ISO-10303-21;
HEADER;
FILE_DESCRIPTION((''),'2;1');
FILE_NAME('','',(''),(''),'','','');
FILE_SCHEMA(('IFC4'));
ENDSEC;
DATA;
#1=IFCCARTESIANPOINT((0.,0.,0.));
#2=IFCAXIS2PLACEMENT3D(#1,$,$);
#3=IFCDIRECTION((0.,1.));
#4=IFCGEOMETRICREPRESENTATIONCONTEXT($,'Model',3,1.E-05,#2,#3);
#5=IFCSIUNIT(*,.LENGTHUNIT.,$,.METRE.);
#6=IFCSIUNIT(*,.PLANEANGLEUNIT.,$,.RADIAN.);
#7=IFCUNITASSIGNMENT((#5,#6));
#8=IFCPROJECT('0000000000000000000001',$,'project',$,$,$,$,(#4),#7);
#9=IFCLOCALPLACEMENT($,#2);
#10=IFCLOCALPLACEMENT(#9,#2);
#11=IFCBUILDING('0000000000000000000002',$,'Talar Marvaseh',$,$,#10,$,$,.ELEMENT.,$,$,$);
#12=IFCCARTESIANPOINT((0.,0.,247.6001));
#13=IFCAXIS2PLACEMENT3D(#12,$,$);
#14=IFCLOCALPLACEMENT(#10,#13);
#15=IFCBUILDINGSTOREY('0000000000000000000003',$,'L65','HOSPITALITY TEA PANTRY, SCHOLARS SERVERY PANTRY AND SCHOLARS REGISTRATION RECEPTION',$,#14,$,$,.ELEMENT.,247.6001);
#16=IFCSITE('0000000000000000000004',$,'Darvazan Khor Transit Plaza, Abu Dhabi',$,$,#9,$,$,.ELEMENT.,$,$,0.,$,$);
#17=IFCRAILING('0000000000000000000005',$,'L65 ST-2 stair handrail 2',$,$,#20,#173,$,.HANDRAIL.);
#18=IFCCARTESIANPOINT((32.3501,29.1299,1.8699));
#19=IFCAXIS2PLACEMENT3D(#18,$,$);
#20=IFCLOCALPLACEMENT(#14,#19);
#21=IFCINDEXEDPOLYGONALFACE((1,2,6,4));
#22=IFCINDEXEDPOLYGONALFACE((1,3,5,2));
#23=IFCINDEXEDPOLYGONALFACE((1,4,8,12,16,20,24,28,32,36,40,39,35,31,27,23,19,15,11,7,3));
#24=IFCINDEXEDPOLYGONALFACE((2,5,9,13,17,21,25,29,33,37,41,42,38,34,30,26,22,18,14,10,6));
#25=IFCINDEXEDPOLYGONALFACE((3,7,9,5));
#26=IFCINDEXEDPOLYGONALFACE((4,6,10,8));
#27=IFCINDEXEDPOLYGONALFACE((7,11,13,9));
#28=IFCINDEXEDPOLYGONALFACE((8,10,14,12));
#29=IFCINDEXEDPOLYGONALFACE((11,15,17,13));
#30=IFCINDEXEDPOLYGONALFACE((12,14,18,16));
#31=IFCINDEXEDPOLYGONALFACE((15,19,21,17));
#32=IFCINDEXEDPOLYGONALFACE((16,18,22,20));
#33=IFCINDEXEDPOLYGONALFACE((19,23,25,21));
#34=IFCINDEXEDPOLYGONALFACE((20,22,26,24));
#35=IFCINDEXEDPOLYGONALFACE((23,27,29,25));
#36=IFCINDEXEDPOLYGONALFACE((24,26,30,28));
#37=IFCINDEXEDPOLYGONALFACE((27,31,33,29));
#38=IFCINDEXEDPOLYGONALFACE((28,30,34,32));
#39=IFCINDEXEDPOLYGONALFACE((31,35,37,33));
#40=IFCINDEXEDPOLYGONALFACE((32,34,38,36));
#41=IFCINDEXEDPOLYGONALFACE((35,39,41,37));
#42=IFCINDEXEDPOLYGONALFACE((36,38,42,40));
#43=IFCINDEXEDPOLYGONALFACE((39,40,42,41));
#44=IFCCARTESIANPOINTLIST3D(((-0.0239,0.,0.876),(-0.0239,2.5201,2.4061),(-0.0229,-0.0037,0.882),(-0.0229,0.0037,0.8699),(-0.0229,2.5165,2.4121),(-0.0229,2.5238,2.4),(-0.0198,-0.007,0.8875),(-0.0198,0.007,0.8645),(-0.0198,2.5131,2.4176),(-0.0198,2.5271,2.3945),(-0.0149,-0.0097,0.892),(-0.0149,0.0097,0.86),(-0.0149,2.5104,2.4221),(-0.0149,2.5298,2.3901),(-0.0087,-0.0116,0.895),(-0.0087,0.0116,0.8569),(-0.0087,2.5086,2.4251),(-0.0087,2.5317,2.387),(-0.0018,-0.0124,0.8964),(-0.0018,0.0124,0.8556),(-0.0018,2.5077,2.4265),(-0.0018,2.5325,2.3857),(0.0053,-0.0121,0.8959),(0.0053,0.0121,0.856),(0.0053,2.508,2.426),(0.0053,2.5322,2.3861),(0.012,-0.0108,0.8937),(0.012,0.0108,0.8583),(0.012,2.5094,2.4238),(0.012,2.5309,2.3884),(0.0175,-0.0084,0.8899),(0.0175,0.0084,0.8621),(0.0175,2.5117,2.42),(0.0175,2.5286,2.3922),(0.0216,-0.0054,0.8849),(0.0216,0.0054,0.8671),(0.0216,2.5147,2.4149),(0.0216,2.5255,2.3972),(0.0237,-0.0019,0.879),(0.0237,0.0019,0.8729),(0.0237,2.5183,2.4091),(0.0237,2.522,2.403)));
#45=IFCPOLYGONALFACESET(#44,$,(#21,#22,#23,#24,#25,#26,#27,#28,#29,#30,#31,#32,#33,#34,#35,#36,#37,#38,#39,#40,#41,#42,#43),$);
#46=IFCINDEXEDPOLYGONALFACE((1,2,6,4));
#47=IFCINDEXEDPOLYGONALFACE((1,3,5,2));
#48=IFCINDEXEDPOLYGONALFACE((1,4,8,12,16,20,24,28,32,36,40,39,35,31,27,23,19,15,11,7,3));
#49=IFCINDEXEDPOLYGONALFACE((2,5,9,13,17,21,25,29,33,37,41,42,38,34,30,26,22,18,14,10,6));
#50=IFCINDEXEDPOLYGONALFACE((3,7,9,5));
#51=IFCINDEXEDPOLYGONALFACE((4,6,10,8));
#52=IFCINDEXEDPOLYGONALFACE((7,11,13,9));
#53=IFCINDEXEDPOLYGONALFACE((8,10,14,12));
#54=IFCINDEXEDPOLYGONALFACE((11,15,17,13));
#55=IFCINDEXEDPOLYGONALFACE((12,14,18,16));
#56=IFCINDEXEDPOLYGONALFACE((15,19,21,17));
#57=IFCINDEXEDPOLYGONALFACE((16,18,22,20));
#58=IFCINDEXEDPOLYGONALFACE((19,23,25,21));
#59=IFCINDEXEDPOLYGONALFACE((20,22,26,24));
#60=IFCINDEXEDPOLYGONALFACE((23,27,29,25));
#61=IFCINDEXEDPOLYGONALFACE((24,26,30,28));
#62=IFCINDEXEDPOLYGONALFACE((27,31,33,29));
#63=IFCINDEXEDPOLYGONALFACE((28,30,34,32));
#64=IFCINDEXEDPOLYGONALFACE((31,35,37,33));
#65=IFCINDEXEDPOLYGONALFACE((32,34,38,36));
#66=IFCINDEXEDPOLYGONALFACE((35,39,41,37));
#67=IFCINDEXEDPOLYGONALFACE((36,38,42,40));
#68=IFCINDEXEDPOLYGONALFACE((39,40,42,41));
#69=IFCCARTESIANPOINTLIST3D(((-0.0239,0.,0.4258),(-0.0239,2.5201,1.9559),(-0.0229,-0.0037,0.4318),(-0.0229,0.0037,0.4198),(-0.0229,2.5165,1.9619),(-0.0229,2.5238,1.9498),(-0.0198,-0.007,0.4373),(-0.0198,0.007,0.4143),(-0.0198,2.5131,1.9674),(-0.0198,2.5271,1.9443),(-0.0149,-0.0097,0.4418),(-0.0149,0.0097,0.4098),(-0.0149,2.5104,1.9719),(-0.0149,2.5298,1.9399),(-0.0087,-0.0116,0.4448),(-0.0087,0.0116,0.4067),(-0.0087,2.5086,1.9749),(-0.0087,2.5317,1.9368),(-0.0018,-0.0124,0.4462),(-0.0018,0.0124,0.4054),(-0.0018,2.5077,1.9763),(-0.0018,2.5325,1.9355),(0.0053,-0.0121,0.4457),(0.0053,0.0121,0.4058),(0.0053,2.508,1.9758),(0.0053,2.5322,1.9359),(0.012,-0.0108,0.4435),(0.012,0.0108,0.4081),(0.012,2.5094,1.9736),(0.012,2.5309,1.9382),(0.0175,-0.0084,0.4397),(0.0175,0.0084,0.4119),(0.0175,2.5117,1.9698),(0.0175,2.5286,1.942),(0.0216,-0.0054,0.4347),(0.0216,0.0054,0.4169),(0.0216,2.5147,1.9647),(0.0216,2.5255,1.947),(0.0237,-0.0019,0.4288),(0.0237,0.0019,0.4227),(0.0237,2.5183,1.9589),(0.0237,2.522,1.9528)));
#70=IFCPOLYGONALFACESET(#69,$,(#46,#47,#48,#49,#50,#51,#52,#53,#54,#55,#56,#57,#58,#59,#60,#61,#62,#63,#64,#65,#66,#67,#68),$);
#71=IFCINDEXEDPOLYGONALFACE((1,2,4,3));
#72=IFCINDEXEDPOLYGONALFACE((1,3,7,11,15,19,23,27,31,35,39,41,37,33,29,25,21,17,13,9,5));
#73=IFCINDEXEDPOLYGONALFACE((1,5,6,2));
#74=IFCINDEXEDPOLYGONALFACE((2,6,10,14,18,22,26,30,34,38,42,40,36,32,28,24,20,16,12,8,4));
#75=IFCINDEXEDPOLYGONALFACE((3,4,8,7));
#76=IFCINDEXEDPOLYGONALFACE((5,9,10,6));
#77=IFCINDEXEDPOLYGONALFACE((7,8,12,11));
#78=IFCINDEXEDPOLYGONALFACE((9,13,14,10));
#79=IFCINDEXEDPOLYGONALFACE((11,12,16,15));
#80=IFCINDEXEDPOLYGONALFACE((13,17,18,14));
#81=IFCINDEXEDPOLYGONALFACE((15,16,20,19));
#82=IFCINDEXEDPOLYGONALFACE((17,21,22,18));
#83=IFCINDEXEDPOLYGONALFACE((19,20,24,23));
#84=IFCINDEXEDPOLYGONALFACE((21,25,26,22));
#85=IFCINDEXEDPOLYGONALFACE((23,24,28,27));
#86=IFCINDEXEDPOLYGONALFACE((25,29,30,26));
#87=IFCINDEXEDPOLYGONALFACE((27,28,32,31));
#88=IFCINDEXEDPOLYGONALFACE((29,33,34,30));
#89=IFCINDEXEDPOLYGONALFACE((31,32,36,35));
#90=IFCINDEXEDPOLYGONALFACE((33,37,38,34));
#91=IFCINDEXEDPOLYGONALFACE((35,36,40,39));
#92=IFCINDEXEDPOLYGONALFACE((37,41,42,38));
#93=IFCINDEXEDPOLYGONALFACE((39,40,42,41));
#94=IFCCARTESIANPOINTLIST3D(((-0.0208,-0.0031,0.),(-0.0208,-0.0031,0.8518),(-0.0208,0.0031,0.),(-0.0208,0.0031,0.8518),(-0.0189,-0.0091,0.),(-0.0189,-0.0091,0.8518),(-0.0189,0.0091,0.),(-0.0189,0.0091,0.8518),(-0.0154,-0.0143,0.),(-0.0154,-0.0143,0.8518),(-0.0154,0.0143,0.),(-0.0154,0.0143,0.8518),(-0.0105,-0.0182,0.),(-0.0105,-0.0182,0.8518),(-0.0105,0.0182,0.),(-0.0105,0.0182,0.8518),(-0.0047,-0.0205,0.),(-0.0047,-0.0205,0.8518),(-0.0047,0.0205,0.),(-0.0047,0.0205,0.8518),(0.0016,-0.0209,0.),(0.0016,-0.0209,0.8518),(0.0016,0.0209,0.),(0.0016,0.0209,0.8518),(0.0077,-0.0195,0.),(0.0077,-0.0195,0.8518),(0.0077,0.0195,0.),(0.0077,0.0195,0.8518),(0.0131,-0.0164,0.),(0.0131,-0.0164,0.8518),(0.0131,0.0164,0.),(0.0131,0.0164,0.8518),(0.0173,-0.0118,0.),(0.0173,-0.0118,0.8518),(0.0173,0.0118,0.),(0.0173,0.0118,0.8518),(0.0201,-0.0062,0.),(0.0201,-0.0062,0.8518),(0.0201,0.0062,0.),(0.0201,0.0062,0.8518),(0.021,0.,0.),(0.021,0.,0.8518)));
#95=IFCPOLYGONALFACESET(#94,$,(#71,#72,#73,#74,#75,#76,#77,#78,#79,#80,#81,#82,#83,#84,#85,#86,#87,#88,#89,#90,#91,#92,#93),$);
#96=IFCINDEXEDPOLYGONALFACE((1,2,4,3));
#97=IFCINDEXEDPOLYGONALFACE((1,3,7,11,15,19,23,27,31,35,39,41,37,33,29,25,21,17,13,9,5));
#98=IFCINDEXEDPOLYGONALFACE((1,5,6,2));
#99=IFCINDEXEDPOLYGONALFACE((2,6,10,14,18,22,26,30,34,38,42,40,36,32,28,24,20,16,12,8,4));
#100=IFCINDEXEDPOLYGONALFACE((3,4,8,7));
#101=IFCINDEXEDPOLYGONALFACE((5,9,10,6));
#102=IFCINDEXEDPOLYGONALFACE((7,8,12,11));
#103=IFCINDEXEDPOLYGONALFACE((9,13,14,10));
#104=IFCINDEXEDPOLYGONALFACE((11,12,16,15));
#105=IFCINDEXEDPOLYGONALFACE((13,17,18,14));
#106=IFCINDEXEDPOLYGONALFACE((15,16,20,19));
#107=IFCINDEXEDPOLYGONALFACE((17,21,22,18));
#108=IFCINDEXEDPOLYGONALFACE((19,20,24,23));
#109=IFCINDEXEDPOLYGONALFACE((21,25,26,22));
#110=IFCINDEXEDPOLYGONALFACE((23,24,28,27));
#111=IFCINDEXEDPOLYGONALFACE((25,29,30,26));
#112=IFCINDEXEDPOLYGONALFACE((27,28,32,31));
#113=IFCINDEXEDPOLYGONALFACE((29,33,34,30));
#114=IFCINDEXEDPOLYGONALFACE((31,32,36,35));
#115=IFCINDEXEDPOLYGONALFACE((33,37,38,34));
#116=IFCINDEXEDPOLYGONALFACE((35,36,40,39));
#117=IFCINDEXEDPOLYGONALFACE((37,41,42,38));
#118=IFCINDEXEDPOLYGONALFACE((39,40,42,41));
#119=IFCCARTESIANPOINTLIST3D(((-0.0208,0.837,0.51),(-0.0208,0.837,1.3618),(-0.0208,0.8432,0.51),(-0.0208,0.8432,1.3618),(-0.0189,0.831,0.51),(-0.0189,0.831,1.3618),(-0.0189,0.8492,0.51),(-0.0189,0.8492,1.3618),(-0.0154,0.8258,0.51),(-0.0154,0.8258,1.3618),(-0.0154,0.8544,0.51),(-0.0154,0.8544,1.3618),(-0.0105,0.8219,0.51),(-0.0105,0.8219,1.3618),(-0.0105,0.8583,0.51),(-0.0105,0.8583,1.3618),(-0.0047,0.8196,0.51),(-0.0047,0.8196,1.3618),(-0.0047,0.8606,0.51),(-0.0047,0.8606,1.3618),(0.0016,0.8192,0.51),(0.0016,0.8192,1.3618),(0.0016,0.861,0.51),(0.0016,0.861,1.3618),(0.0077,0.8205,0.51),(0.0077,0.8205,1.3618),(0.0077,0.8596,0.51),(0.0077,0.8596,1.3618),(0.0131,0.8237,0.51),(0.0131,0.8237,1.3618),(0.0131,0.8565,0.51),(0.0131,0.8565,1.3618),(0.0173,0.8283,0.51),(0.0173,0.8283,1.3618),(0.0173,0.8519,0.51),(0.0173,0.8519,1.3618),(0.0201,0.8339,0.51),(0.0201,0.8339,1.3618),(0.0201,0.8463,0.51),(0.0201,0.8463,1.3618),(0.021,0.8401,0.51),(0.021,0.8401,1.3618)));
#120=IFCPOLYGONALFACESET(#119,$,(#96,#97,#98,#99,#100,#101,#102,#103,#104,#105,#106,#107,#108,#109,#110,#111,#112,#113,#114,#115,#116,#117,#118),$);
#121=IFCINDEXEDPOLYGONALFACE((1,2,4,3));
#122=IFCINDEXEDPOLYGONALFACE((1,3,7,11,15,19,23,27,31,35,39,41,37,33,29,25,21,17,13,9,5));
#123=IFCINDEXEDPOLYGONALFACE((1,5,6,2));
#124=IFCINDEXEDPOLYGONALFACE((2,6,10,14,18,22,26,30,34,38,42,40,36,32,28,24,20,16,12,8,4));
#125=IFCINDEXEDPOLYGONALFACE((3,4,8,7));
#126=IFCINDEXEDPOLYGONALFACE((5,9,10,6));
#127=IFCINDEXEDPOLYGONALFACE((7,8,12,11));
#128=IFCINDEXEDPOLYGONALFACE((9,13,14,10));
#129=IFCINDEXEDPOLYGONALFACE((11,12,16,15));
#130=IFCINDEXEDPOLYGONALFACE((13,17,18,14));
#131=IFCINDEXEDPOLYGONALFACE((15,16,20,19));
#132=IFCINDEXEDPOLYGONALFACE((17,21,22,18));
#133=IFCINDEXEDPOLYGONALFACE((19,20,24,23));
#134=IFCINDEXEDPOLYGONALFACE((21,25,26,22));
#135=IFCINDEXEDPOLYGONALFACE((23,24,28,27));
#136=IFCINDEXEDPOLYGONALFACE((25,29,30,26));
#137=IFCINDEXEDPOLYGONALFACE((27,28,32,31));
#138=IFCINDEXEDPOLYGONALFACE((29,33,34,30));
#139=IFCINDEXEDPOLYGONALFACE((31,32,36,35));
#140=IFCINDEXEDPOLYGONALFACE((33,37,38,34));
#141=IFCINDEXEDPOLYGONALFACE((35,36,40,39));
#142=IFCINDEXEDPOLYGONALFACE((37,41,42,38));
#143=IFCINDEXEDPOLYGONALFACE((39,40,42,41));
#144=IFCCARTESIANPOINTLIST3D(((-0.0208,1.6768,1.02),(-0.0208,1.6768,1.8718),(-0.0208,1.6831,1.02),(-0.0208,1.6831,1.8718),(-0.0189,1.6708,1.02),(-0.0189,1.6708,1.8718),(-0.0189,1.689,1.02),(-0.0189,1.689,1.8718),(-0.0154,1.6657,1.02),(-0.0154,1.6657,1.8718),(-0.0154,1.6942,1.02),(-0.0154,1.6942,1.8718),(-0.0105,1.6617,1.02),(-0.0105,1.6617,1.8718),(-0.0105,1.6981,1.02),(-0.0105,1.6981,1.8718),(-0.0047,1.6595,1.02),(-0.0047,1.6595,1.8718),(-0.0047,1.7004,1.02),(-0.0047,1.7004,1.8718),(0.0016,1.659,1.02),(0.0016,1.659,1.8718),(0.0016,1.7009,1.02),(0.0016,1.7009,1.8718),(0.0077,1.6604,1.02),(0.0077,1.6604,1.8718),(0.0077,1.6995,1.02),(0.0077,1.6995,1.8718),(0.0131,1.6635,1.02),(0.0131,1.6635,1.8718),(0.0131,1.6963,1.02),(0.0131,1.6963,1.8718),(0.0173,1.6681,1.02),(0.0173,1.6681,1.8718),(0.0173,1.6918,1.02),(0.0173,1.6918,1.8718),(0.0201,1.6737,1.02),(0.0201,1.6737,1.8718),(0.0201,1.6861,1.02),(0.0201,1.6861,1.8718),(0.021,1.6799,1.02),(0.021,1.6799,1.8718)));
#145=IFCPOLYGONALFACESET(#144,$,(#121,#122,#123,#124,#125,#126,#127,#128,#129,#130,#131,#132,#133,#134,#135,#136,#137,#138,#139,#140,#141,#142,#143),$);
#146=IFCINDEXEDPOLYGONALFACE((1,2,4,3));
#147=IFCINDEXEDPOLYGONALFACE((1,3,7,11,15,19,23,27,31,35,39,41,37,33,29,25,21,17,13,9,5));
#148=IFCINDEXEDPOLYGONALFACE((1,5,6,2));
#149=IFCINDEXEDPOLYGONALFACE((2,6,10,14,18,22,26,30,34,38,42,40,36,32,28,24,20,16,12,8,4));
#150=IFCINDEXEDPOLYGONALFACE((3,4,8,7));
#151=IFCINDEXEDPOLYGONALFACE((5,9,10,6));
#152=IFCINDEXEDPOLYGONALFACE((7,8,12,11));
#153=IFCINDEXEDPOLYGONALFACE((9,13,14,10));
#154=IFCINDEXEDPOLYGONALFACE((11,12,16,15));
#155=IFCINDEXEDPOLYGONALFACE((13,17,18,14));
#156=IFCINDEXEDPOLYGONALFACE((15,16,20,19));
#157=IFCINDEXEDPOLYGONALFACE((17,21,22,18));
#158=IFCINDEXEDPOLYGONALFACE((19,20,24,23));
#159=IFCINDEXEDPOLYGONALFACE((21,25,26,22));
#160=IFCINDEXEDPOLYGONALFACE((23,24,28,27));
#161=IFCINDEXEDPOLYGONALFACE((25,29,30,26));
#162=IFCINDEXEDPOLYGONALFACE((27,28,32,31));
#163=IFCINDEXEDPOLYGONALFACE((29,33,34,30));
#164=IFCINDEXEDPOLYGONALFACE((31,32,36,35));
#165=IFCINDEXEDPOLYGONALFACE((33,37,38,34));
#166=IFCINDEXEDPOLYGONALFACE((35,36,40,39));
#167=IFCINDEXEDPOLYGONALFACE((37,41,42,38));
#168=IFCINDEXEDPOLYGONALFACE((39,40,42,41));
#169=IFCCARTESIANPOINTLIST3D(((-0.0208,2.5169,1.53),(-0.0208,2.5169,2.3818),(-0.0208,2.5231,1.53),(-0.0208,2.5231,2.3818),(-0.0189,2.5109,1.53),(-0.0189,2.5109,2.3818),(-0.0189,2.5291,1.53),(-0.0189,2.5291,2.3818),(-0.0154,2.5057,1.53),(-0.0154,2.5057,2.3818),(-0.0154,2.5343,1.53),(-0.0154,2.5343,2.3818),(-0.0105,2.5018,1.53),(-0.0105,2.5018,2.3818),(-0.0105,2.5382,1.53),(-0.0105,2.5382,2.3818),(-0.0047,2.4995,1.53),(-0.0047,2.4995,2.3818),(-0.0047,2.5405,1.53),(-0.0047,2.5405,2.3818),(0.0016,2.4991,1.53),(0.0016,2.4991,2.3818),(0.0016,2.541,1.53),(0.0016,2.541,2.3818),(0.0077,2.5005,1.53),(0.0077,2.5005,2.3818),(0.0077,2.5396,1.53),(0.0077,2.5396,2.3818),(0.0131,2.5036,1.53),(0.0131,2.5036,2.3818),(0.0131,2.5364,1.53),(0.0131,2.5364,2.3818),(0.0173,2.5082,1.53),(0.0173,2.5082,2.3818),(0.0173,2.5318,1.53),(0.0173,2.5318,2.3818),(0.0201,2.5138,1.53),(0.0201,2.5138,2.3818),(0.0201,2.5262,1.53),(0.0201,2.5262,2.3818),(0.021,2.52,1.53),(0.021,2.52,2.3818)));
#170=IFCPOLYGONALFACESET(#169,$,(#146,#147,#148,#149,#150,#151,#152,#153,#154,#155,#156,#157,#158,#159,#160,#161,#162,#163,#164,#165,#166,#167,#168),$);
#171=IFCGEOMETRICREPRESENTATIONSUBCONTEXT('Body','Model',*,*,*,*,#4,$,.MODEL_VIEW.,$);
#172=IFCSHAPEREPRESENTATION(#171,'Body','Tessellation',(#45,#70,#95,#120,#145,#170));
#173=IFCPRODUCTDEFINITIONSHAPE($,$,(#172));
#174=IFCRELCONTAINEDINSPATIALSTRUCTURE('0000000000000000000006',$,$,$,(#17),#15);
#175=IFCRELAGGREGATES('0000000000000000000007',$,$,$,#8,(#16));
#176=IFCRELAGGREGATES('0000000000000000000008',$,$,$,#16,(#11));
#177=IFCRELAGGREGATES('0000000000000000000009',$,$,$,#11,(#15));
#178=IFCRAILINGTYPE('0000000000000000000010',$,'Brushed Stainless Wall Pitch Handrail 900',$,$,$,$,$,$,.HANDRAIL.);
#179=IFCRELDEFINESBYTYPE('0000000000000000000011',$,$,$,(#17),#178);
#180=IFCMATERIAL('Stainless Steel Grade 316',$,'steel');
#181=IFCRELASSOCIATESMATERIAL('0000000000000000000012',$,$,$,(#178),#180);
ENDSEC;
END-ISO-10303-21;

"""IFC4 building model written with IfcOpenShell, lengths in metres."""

from ifc_helpers import new_model, si_unit, direction, frame, origin, origin_2d, place, context, subcontext, project, spatial, circle, extrude, material, type_object, element, save


model = new_model("IFC4")

# Units and contexts
model_context = context("Model", 3, precision=1e-05, world=origin(), true_north=direction((0.0, 1.0)))
body_context = subcontext(model_context, "Body", "Model", "MODEL_VIEW")
ifc_project = project(units=[si_unit("LENGTHUNIT", "METRE"), si_unit("PLANEANGLEUNIT", "RADIAN")], contexts=[model_context])

# Site, building, storey
site_placement = place(None, origin())
site = spatial("IfcSite", under=ifc_project, at=site_placement, Name="Darvazan Khor Transit Plaza, Abu Dhabi", CompositionType="ELEMENT", RefElevation=0.0)
building_placement = place(site_placement, origin())
building = spatial("IfcBuilding", under=site, at=building_placement, Name="Talar Marvaseh", CompositionType="ELEMENT")
storey_placement = place(building_placement, frame((0.0, 0.0, 247.6001)))
storey = spatial("IfcBuildingStorey", under=building, at=storey_placement, Name="L65", Description="HOSPITALITY TEA PANTRY, SCHOLARS SERVERY PANTRY AND SCHOLARS REGISTRATION RECEPTION", CompositionType="ELEMENT", Elevation=247.6001)

# Railing
ifc_material_1 = material(Name="Stainless Steel Grade 316", Category="steel")
railing_type = type_object("IfcRailingType", Name="Brushed Stainless Wall Pitch Handrail 900", PredefinedType="HANDRAIL", material=ifc_material_1)
railing_placement = place(storey_placement, frame((32.3501, 29.1299, 1.8699)))
element("IfcRailing", 1, at=railing_placement, inside=storey, type_object=railing_type, Name="L65 ST-2 stair handrail 2", PredefinedType="HANDRAIL", context=body_context, shape_type="SweptSolid", body=[
    extrude(circle(Radius=0.0239, at=origin_2d()), frame((0.0, 0.0, 0.876), z_axis=(0.0, 0.854785, 0.518982), x_axis=(-1.0, 0.0, 0.0)), (0.0, 0.0, 1.0), 2.9482),
    extrude(circle(Radius=0.0239, at=origin_2d()), frame((0.0, 0.0, 0.4258), z_axis=(0.0, 0.854785, 0.518982), x_axis=(-1.0, 0.0, 0.0)), (0.0, 0.0, 1.0), 2.9482),
    extrude(circle(Radius=0.021, at=origin_2d()), origin(), (0.0, 0.0, 1.0), 0.8518),
    extrude(circle(Radius=0.021, at=origin_2d()), frame((0.0, 0.8401, 0.51)), (0.0, 0.0, 1.0), 0.8518),
    extrude(circle(Radius=0.021, at=origin_2d()), frame((0.0, 1.6799, 1.02)), (0.0, 0.0, 1.0), 0.8518),
    extrude(circle(Radius=0.021, at=origin_2d()), frame((0.0, 2.52, 1.53)), (0.0, 0.0, 1.0), 0.8518),
])

save(model, "model.ifc")
